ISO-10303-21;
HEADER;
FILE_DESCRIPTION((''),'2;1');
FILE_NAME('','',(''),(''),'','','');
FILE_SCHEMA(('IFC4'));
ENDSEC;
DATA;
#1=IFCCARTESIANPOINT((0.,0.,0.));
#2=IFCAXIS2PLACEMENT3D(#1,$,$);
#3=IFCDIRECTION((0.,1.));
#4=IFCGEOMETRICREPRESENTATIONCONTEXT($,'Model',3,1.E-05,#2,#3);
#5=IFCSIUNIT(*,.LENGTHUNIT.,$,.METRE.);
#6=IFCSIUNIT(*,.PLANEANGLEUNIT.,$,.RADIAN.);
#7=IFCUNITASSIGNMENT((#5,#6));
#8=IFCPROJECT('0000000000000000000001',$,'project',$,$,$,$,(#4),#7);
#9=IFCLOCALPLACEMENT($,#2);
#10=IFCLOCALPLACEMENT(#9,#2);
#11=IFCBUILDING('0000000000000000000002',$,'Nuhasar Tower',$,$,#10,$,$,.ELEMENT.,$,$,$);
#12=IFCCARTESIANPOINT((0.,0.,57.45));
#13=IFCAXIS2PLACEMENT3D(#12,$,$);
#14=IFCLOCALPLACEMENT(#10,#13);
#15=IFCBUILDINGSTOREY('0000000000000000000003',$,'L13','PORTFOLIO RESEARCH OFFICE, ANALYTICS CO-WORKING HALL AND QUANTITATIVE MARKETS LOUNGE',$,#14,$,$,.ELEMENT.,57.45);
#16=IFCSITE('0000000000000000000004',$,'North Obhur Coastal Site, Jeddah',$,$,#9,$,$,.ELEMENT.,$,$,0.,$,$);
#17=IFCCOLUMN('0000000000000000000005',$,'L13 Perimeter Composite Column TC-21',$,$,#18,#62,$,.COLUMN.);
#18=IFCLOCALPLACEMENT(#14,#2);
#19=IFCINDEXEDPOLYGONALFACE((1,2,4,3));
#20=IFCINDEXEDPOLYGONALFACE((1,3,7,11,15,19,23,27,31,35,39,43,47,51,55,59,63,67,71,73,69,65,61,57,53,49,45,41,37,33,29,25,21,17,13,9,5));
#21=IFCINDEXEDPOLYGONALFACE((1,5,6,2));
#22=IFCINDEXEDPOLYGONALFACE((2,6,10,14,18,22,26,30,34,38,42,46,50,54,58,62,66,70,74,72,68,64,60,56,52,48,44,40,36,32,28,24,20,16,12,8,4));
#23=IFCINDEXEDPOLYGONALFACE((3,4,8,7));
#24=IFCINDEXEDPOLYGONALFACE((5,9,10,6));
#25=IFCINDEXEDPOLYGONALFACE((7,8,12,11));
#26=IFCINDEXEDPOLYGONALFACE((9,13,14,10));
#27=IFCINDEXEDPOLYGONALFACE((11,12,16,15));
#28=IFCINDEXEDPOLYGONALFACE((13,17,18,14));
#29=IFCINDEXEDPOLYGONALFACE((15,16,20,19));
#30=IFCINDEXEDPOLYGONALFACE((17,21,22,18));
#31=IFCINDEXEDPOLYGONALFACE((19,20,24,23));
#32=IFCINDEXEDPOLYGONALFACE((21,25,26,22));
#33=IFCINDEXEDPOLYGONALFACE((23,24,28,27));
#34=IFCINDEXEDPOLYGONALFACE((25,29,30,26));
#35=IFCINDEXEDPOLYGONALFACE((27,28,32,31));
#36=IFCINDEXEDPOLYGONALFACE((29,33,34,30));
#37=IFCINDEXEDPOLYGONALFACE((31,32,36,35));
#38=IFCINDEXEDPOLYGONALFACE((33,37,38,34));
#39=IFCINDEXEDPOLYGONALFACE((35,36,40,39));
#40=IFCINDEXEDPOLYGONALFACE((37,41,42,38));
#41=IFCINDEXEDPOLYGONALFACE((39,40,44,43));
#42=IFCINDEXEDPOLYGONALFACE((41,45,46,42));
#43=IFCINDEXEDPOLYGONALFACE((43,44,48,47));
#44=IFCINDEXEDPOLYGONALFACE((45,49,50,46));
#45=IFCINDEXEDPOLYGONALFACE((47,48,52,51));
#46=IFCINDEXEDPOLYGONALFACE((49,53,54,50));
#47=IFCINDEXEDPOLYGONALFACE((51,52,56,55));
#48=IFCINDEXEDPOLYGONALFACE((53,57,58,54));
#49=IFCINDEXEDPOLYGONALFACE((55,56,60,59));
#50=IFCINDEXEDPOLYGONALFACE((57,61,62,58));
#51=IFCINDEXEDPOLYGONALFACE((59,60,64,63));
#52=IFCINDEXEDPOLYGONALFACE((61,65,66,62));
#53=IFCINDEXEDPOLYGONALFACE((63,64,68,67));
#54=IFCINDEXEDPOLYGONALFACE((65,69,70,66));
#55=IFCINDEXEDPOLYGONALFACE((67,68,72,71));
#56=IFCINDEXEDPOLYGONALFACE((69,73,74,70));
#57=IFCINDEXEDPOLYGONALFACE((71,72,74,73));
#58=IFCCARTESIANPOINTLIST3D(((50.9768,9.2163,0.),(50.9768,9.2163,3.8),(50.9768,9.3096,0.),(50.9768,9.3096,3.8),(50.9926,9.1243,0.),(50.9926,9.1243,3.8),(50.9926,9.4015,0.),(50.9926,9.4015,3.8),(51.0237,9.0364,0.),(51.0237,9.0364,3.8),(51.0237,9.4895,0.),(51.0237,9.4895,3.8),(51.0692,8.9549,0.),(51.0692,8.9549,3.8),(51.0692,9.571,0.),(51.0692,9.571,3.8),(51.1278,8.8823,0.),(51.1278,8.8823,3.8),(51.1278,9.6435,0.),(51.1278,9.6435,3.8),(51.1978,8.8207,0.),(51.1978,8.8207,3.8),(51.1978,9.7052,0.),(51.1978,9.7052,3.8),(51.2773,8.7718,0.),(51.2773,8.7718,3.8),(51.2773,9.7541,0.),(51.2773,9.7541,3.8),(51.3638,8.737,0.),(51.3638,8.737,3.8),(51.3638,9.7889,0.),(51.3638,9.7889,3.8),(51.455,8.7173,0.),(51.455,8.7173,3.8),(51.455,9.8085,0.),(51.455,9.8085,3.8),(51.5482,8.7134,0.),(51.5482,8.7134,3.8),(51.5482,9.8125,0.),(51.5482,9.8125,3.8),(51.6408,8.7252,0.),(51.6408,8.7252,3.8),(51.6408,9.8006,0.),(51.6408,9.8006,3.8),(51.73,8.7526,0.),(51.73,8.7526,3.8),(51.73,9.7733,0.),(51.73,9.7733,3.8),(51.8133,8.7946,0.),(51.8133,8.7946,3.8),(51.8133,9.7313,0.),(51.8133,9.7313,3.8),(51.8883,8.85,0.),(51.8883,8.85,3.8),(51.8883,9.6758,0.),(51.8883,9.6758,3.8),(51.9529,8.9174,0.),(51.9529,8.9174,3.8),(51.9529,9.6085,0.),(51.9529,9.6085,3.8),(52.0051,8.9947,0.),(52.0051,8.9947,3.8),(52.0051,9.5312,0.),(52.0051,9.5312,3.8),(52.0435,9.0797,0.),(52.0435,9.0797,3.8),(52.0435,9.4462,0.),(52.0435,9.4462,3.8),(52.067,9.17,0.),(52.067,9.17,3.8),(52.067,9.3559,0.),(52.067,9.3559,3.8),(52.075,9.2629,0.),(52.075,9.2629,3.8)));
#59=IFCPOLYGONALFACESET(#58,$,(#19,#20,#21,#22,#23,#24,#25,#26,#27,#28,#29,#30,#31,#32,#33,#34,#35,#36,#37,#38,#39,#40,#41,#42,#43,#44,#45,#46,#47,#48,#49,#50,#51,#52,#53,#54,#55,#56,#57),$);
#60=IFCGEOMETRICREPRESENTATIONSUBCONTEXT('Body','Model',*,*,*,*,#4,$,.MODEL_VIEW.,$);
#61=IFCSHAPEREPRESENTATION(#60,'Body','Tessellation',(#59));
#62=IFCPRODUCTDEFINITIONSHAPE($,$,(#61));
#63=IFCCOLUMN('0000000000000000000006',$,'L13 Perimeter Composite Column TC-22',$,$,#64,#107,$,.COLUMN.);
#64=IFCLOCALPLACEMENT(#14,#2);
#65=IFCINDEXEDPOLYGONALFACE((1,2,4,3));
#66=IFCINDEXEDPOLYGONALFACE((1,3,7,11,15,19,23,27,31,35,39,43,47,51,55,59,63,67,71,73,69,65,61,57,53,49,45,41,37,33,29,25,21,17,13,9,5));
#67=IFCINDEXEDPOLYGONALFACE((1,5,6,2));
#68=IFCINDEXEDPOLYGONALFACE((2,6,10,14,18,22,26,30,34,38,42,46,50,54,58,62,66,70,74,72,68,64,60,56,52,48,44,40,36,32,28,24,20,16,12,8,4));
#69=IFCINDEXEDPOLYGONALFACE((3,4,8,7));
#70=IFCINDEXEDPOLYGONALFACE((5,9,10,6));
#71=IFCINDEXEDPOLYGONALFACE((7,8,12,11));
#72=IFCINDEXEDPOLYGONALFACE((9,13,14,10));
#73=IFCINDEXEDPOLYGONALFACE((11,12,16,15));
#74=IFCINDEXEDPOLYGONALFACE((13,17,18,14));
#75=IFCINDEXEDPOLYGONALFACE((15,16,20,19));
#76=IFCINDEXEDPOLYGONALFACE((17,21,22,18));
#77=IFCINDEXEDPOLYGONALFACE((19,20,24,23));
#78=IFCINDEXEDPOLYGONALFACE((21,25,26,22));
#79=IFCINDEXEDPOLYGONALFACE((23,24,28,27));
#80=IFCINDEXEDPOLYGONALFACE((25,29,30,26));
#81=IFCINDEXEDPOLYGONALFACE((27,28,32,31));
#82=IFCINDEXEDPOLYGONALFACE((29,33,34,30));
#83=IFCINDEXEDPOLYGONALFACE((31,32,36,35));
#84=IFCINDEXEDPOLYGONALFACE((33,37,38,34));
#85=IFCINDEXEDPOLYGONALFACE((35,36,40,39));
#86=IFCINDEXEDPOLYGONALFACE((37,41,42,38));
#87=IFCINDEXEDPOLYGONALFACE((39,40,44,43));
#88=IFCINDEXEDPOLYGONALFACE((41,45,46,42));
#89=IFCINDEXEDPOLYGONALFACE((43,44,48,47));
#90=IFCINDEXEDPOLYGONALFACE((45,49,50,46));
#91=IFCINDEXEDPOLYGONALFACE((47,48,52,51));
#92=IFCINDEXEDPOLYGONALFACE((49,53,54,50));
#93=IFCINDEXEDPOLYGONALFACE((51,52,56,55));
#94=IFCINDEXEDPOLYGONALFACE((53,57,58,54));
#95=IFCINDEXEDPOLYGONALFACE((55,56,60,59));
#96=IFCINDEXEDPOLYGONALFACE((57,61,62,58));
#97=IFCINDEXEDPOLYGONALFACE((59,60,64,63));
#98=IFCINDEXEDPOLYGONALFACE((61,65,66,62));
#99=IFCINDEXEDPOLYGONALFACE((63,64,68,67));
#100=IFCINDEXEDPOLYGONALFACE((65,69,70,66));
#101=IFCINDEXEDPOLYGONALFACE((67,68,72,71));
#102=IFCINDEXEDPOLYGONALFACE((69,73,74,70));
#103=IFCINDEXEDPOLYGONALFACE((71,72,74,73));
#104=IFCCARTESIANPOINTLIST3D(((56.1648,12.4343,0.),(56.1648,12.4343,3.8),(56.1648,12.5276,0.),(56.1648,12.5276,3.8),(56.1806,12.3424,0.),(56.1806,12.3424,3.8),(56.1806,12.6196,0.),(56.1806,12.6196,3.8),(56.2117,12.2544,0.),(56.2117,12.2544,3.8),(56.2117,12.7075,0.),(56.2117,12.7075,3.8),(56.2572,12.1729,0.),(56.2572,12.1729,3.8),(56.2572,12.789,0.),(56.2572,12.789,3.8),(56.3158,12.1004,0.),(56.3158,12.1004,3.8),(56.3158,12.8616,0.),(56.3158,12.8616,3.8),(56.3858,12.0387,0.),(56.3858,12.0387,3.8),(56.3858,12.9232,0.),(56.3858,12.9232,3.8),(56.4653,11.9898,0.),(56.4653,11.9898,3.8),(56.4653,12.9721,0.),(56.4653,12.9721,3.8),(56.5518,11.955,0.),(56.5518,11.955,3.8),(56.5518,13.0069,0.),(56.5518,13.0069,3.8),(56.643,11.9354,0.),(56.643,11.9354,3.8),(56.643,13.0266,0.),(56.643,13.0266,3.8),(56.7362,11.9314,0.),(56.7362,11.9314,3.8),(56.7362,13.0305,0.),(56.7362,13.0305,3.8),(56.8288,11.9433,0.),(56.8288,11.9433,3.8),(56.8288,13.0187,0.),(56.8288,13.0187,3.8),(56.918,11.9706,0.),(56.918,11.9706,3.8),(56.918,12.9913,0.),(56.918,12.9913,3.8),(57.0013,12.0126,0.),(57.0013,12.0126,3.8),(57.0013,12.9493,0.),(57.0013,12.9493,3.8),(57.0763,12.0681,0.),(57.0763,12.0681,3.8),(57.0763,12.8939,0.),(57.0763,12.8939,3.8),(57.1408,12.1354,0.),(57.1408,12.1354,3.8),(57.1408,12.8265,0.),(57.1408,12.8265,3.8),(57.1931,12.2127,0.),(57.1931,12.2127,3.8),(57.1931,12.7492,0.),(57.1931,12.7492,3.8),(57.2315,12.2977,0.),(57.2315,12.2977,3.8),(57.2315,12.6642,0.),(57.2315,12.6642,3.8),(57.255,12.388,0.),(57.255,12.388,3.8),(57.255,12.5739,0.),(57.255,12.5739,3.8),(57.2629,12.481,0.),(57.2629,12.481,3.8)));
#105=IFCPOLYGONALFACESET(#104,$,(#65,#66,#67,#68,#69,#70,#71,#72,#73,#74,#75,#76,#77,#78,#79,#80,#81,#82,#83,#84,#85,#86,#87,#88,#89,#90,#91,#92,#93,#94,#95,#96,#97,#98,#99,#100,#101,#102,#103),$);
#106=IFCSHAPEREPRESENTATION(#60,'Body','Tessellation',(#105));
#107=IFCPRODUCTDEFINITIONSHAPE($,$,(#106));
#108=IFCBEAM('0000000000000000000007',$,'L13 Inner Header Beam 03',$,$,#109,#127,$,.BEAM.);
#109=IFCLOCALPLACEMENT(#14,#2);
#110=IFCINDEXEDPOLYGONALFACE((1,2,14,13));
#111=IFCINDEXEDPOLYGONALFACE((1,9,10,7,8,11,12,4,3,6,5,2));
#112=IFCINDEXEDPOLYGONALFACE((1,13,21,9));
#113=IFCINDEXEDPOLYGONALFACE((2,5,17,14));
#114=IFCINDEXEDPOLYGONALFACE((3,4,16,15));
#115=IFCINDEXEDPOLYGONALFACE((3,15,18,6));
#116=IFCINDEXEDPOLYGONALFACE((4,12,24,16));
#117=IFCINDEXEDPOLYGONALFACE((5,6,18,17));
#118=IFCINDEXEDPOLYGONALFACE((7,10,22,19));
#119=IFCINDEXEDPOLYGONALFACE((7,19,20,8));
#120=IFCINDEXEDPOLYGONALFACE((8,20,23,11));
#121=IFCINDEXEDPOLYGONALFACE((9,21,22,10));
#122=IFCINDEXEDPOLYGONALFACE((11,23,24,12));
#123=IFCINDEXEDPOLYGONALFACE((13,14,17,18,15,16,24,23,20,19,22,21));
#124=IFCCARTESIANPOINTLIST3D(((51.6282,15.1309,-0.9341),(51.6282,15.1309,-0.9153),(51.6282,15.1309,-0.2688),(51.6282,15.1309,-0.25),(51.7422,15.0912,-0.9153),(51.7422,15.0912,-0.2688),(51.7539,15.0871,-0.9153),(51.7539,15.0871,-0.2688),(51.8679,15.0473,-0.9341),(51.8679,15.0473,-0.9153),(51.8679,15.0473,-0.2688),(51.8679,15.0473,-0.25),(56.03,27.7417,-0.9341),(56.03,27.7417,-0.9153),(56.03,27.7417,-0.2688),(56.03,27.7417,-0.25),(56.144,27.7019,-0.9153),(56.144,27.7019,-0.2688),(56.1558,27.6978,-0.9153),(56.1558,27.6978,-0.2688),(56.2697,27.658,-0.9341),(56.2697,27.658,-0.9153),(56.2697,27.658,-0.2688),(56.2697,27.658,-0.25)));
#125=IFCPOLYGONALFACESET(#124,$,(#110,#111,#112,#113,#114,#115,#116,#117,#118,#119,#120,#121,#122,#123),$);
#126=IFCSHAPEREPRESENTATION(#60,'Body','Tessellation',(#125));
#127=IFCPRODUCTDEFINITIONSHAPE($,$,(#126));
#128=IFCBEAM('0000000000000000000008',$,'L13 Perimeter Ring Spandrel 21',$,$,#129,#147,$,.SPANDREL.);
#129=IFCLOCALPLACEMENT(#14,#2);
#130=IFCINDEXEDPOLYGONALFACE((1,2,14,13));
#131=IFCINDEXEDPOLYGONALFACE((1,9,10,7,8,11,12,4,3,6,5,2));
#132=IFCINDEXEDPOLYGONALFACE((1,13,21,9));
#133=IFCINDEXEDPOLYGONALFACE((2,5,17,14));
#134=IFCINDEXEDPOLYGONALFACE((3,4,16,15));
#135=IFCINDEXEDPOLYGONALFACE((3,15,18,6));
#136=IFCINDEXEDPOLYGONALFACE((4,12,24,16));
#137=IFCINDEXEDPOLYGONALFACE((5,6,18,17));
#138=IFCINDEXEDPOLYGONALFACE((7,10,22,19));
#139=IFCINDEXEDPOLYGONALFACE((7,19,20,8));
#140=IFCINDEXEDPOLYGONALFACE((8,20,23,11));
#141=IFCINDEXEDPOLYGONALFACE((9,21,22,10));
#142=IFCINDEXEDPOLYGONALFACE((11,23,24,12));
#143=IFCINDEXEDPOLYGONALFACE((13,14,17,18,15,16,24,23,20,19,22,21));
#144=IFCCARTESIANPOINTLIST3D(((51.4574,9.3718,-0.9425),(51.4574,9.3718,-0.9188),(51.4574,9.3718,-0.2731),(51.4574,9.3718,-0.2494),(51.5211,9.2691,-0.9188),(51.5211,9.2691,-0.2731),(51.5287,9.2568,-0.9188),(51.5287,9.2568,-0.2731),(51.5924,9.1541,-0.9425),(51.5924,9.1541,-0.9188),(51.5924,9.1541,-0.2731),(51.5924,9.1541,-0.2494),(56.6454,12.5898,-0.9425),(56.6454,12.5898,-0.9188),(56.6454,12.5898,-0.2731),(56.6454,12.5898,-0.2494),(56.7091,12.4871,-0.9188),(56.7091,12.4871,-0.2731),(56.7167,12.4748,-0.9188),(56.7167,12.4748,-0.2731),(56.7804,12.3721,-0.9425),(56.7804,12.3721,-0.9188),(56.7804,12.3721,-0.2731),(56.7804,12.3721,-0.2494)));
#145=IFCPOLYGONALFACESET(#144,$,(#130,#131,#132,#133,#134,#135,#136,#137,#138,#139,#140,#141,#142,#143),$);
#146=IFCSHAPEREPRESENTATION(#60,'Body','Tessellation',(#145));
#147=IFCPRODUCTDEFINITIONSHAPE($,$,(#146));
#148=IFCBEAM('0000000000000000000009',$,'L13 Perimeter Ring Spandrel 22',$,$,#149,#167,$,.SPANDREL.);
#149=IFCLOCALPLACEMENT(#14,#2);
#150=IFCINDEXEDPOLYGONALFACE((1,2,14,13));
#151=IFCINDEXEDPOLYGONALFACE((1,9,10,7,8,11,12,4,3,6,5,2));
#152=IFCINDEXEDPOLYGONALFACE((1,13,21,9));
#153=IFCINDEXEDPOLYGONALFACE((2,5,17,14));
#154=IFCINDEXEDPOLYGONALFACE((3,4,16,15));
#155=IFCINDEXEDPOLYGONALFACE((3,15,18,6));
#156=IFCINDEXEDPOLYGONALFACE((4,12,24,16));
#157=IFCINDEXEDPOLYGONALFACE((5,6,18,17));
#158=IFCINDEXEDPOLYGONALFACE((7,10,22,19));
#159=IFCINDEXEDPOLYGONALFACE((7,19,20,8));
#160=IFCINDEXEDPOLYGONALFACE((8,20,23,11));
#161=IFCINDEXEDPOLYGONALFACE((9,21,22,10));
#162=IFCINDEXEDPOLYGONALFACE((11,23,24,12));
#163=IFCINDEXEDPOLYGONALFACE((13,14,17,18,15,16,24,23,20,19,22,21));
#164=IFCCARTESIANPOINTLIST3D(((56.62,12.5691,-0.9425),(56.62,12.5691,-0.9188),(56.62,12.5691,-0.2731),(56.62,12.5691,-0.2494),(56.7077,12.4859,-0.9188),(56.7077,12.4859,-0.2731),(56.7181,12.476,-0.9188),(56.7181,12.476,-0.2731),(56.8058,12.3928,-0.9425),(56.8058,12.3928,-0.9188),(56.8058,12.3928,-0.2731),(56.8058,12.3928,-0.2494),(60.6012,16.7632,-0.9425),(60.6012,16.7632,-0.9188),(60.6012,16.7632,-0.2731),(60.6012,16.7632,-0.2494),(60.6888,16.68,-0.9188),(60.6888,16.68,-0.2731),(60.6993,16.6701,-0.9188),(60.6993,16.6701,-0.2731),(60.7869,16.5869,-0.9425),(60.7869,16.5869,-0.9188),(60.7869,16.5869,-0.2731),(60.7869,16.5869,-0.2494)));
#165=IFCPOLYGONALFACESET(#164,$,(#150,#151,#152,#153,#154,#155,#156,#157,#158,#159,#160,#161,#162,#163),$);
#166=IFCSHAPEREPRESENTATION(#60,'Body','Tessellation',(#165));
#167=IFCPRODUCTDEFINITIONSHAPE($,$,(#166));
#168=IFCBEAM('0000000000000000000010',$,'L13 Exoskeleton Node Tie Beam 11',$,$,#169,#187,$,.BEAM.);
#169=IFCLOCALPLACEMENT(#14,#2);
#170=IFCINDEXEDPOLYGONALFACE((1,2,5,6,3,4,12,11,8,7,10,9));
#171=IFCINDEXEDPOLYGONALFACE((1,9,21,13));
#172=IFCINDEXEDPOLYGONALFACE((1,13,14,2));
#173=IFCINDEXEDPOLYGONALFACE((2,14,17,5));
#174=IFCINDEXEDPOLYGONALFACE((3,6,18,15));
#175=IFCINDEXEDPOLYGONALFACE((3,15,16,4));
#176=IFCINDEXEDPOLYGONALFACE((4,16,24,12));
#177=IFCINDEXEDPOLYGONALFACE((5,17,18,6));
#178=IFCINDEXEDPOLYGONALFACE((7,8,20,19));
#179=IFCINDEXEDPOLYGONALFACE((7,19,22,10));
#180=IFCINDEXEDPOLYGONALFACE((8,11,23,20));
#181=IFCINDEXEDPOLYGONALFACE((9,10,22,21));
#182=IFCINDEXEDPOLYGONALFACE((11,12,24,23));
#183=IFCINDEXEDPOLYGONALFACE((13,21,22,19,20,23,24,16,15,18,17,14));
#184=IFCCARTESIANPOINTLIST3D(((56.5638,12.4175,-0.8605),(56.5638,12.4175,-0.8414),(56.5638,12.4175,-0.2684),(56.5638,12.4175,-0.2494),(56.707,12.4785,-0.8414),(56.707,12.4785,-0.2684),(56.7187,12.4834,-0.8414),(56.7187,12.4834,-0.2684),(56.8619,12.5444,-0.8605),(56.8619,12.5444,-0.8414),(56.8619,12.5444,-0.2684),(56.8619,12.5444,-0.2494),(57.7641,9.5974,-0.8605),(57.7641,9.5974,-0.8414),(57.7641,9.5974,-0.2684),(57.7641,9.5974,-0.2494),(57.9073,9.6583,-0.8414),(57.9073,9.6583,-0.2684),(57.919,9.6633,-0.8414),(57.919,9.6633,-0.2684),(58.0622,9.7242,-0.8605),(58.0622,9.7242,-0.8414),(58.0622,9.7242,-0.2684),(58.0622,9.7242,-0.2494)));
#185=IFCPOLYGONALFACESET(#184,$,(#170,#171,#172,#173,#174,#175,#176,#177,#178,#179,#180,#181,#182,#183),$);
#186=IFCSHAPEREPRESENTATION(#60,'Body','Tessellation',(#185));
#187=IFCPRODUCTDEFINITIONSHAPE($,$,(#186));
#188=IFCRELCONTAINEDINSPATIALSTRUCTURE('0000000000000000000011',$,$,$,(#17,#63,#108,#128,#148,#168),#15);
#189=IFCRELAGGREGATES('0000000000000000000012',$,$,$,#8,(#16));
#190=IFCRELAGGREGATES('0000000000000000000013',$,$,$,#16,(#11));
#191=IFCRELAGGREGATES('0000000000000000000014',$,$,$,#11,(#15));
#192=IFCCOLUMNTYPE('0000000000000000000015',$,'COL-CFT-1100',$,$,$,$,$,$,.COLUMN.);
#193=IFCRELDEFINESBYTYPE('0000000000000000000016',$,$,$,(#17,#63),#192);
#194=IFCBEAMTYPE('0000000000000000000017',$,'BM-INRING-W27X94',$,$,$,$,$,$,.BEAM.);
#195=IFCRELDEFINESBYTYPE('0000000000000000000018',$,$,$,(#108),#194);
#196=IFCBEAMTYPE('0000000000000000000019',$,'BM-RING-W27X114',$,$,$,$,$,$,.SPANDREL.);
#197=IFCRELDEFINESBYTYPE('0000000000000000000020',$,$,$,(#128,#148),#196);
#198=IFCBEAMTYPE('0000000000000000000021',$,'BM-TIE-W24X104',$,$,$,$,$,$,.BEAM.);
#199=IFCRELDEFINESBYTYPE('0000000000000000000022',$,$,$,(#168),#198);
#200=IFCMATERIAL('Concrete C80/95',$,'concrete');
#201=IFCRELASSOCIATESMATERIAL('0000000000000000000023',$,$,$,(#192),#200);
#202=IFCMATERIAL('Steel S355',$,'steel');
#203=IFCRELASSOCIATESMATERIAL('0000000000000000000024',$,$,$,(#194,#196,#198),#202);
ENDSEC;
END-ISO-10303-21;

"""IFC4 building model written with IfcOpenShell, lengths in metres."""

from ifc_helpers import new_model, si_unit, direction, frame, origin, origin_2d, place, context, subcontext, project, spatial, circle, i_section, extrude, material, material_profile, profile_set, type_object, element, save


model = new_model("IFC4")

# Units and contexts
model_context = context("Model", 3, precision=1e-05, world=origin(), true_north=direction((0.0, 1.0)))
body_context = subcontext(model_context, "Body", "Model", "MODEL_VIEW")
ifc_project = project(units=[si_unit("LENGTHUNIT", "METRE"), si_unit("PLANEANGLEUNIT", "RADIAN")], contexts=[model_context])

# Site, building, storey
site_placement = place(None, origin())
site = spatial("IfcSite", under=ifc_project, at=site_placement, Name="North Obhur Coastal Site, Jeddah", CompositionType="ELEMENT", RefElevation=0.0)
building_placement = place(site_placement, origin())
building = spatial("IfcBuilding", under=site, at=building_placement, Name="Nuhasar Tower", CompositionType="ELEMENT")
storey_placement = place(building_placement, frame((0.0, 0.0, 57.45)))
storey = spatial("IfcBuildingStorey", under=building, at=storey_placement, Name="L13", Description="PORTFOLIO RESEARCH OFFICE, ANALYTICS CO-WORKING HALL AND QUANTITATIVE MARKETS LOUNGE", CompositionType="ELEMENT", Elevation=57.45)

# Columns
ifc_material_1 = material(Name="Concrete C80/95", Category="concrete")
ifc_material_profile_1 = material_profile(ifc_material_1, circle(Radius=0.55, at=origin_2d()), Name="CFT1100")
ifc_profile_set_1 = profile_set([ifc_material_profile_1], Name="Concrete C80/95")
column_type = type_object("IfcColumnType", Name="COL-CFT-1100", PredefinedType="COLUMN", material=ifc_profile_set_1)
for number, where, z_axis, x_axis, name in (
    (1, (51.5249, 9.2629, 0.0), (0.0, 0.0, 1.0), (1.0, 0.0, 0.0), "L13 Perimeter Composite Column TC-21"),
    (2, (56.7129, 12.481, 0.0), (0.0, 0.0, 1.0), (1.0, 0.0, 0.0), "L13 Perimeter Composite Column TC-22"),
):
    element("IfcColumn", number, at=place(storey_placement, frame(where, z_axis=z_axis, x_axis=x_axis)), inside=storey, type_object=column_type, Name=name, PredefinedType="COLUMN", context=body_context, shape_type="SweptSolid", body=[
        extrude(circle(Radius=0.55, at=origin_2d()), origin(), (0.0, 0.0, 1.0), 3.8),
    ])

# Beams
ifc_material_2 = material(Name="Steel S355", Category="steel")
ifc_material_profile_2 = material_profile(ifc_material_2, i_section(OverallWidth=0.2539, OverallDepth=0.6841, WebThickness=0.0125, FlangeThickness=0.0188, at=origin_2d()), Name="W27X94")
ifc_profile_set_2 = profile_set([ifc_material_profile_2], Name="Steel S355")
beam_type_1 = type_object("IfcBeamType", Name="BM-INRING-W27X94", PredefinedType="BEAM", material=ifc_profile_set_2)
beam_1_placement = place(storey_placement, frame((51.748, 15.0891, -0.592), z_axis=(0.329554, 0.944137, 0.0), x_axis=(-0.944137, 0.329554, 0.0)))
element("IfcBeam", 3, at=beam_1_placement, inside=storey, type_object=beam_type_1, Name="L13 Inner Header Beam 03", PredefinedType="BEAM", context=body_context, shape_type="SweptSolid", body=[
    extrude(i_section(OverallWidth=0.2539, OverallDepth=0.6841, WebThickness=0.0125, FlangeThickness=0.0188, at=origin_2d()), origin(), (0.0, 0.0, 1.0), 13.3569),
])
ifc_material_profile_3 = material_profile(ifc_material_2, i_section(OverallWidth=0.2561, OverallDepth=0.6931, WebThickness=0.0144, FlangeThickness=0.0237, at=origin_2d()), Name="W27X114")
ifc_profile_set_3 = profile_set([ifc_material_profile_3], Name="Steel S355")
beam_type_2 = type_object("IfcBeamType", Name="BM-RING-W27X114", PredefinedType="SPANDREL", material=ifc_profile_set_3)
beam_2_placement = place(storey_placement, frame((51.5249, 9.2629, -0.5959), z_axis=(0.849795, 0.527113, 0.0), x_axis=(-0.527113, 0.849795, 0.0)))
element("IfcBeam", 4, at=beam_2_placement, inside=storey, type_object=beam_type_2, Name="L13 Perimeter Ring Spandrel 21", PredefinedType="SPANDREL", context=body_context, shape_type="SweptSolid", body=[
    extrude(i_section(OverallWidth=0.2561, OverallDepth=0.6931, WebThickness=0.0144, FlangeThickness=0.0237, at=origin_2d()), origin(), (0.0, 0.0, 1.0), 6.105),
])
beam_3_placement = place(storey_placement, frame((56.7129, 12.481, -0.5959), z_axis=(0.68846, 0.725274, 0.0), x_axis=(-0.725274, 0.68846, 0.0)))
element("IfcBeam", 5, at=beam_3_placement, inside=storey, type_object=beam_type_2, Name="L13 Perimeter Ring Spandrel 22", PredefinedType="SPANDREL", context=body_context, shape_type="SweptSolid", body=[
    extrude(i_section(OverallWidth=0.2561, OverallDepth=0.6931, WebThickness=0.0144, FlangeThickness=0.0237, at=origin_2d()), origin(), (0.0, 0.0, 1.0), 5.7827),
])
ifc_material_profile_4 = material_profile(ifc_material_2, i_section(OverallWidth=0.324, OverallDepth=0.6111, WebThickness=0.0127, FlangeThickness=0.019, at=origin_2d()), Name="W24X104")
ifc_profile_set_4 = profile_set([ifc_material_profile_4], Name="Steel S355")
beam_type_3 = type_object("IfcBeamType", Name="BM-TIE-W24X104", PredefinedType="BEAM", material=ifc_profile_set_4)
beam_4_placement = place(storey_placement, frame((56.7129, 12.481, -0.5549), z_axis=(0.391601, -0.920135, 0.0), x_axis=(0.920135, 0.391601, 0.0)))
element("IfcBeam", 6, at=beam_4_placement, inside=storey, type_object=beam_type_3, Name="L13 Exoskeleton Node Tie Beam 11", PredefinedType="BEAM", context=body_context, shape_type="SweptSolid", body=[
    extrude(i_section(OverallWidth=0.324, OverallDepth=0.6111, WebThickness=0.0127, FlangeThickness=0.019, at=origin_2d()), origin(), (0.0, 0.0, 1.0), 3.0649),
])

save(model, "model.ifc")
